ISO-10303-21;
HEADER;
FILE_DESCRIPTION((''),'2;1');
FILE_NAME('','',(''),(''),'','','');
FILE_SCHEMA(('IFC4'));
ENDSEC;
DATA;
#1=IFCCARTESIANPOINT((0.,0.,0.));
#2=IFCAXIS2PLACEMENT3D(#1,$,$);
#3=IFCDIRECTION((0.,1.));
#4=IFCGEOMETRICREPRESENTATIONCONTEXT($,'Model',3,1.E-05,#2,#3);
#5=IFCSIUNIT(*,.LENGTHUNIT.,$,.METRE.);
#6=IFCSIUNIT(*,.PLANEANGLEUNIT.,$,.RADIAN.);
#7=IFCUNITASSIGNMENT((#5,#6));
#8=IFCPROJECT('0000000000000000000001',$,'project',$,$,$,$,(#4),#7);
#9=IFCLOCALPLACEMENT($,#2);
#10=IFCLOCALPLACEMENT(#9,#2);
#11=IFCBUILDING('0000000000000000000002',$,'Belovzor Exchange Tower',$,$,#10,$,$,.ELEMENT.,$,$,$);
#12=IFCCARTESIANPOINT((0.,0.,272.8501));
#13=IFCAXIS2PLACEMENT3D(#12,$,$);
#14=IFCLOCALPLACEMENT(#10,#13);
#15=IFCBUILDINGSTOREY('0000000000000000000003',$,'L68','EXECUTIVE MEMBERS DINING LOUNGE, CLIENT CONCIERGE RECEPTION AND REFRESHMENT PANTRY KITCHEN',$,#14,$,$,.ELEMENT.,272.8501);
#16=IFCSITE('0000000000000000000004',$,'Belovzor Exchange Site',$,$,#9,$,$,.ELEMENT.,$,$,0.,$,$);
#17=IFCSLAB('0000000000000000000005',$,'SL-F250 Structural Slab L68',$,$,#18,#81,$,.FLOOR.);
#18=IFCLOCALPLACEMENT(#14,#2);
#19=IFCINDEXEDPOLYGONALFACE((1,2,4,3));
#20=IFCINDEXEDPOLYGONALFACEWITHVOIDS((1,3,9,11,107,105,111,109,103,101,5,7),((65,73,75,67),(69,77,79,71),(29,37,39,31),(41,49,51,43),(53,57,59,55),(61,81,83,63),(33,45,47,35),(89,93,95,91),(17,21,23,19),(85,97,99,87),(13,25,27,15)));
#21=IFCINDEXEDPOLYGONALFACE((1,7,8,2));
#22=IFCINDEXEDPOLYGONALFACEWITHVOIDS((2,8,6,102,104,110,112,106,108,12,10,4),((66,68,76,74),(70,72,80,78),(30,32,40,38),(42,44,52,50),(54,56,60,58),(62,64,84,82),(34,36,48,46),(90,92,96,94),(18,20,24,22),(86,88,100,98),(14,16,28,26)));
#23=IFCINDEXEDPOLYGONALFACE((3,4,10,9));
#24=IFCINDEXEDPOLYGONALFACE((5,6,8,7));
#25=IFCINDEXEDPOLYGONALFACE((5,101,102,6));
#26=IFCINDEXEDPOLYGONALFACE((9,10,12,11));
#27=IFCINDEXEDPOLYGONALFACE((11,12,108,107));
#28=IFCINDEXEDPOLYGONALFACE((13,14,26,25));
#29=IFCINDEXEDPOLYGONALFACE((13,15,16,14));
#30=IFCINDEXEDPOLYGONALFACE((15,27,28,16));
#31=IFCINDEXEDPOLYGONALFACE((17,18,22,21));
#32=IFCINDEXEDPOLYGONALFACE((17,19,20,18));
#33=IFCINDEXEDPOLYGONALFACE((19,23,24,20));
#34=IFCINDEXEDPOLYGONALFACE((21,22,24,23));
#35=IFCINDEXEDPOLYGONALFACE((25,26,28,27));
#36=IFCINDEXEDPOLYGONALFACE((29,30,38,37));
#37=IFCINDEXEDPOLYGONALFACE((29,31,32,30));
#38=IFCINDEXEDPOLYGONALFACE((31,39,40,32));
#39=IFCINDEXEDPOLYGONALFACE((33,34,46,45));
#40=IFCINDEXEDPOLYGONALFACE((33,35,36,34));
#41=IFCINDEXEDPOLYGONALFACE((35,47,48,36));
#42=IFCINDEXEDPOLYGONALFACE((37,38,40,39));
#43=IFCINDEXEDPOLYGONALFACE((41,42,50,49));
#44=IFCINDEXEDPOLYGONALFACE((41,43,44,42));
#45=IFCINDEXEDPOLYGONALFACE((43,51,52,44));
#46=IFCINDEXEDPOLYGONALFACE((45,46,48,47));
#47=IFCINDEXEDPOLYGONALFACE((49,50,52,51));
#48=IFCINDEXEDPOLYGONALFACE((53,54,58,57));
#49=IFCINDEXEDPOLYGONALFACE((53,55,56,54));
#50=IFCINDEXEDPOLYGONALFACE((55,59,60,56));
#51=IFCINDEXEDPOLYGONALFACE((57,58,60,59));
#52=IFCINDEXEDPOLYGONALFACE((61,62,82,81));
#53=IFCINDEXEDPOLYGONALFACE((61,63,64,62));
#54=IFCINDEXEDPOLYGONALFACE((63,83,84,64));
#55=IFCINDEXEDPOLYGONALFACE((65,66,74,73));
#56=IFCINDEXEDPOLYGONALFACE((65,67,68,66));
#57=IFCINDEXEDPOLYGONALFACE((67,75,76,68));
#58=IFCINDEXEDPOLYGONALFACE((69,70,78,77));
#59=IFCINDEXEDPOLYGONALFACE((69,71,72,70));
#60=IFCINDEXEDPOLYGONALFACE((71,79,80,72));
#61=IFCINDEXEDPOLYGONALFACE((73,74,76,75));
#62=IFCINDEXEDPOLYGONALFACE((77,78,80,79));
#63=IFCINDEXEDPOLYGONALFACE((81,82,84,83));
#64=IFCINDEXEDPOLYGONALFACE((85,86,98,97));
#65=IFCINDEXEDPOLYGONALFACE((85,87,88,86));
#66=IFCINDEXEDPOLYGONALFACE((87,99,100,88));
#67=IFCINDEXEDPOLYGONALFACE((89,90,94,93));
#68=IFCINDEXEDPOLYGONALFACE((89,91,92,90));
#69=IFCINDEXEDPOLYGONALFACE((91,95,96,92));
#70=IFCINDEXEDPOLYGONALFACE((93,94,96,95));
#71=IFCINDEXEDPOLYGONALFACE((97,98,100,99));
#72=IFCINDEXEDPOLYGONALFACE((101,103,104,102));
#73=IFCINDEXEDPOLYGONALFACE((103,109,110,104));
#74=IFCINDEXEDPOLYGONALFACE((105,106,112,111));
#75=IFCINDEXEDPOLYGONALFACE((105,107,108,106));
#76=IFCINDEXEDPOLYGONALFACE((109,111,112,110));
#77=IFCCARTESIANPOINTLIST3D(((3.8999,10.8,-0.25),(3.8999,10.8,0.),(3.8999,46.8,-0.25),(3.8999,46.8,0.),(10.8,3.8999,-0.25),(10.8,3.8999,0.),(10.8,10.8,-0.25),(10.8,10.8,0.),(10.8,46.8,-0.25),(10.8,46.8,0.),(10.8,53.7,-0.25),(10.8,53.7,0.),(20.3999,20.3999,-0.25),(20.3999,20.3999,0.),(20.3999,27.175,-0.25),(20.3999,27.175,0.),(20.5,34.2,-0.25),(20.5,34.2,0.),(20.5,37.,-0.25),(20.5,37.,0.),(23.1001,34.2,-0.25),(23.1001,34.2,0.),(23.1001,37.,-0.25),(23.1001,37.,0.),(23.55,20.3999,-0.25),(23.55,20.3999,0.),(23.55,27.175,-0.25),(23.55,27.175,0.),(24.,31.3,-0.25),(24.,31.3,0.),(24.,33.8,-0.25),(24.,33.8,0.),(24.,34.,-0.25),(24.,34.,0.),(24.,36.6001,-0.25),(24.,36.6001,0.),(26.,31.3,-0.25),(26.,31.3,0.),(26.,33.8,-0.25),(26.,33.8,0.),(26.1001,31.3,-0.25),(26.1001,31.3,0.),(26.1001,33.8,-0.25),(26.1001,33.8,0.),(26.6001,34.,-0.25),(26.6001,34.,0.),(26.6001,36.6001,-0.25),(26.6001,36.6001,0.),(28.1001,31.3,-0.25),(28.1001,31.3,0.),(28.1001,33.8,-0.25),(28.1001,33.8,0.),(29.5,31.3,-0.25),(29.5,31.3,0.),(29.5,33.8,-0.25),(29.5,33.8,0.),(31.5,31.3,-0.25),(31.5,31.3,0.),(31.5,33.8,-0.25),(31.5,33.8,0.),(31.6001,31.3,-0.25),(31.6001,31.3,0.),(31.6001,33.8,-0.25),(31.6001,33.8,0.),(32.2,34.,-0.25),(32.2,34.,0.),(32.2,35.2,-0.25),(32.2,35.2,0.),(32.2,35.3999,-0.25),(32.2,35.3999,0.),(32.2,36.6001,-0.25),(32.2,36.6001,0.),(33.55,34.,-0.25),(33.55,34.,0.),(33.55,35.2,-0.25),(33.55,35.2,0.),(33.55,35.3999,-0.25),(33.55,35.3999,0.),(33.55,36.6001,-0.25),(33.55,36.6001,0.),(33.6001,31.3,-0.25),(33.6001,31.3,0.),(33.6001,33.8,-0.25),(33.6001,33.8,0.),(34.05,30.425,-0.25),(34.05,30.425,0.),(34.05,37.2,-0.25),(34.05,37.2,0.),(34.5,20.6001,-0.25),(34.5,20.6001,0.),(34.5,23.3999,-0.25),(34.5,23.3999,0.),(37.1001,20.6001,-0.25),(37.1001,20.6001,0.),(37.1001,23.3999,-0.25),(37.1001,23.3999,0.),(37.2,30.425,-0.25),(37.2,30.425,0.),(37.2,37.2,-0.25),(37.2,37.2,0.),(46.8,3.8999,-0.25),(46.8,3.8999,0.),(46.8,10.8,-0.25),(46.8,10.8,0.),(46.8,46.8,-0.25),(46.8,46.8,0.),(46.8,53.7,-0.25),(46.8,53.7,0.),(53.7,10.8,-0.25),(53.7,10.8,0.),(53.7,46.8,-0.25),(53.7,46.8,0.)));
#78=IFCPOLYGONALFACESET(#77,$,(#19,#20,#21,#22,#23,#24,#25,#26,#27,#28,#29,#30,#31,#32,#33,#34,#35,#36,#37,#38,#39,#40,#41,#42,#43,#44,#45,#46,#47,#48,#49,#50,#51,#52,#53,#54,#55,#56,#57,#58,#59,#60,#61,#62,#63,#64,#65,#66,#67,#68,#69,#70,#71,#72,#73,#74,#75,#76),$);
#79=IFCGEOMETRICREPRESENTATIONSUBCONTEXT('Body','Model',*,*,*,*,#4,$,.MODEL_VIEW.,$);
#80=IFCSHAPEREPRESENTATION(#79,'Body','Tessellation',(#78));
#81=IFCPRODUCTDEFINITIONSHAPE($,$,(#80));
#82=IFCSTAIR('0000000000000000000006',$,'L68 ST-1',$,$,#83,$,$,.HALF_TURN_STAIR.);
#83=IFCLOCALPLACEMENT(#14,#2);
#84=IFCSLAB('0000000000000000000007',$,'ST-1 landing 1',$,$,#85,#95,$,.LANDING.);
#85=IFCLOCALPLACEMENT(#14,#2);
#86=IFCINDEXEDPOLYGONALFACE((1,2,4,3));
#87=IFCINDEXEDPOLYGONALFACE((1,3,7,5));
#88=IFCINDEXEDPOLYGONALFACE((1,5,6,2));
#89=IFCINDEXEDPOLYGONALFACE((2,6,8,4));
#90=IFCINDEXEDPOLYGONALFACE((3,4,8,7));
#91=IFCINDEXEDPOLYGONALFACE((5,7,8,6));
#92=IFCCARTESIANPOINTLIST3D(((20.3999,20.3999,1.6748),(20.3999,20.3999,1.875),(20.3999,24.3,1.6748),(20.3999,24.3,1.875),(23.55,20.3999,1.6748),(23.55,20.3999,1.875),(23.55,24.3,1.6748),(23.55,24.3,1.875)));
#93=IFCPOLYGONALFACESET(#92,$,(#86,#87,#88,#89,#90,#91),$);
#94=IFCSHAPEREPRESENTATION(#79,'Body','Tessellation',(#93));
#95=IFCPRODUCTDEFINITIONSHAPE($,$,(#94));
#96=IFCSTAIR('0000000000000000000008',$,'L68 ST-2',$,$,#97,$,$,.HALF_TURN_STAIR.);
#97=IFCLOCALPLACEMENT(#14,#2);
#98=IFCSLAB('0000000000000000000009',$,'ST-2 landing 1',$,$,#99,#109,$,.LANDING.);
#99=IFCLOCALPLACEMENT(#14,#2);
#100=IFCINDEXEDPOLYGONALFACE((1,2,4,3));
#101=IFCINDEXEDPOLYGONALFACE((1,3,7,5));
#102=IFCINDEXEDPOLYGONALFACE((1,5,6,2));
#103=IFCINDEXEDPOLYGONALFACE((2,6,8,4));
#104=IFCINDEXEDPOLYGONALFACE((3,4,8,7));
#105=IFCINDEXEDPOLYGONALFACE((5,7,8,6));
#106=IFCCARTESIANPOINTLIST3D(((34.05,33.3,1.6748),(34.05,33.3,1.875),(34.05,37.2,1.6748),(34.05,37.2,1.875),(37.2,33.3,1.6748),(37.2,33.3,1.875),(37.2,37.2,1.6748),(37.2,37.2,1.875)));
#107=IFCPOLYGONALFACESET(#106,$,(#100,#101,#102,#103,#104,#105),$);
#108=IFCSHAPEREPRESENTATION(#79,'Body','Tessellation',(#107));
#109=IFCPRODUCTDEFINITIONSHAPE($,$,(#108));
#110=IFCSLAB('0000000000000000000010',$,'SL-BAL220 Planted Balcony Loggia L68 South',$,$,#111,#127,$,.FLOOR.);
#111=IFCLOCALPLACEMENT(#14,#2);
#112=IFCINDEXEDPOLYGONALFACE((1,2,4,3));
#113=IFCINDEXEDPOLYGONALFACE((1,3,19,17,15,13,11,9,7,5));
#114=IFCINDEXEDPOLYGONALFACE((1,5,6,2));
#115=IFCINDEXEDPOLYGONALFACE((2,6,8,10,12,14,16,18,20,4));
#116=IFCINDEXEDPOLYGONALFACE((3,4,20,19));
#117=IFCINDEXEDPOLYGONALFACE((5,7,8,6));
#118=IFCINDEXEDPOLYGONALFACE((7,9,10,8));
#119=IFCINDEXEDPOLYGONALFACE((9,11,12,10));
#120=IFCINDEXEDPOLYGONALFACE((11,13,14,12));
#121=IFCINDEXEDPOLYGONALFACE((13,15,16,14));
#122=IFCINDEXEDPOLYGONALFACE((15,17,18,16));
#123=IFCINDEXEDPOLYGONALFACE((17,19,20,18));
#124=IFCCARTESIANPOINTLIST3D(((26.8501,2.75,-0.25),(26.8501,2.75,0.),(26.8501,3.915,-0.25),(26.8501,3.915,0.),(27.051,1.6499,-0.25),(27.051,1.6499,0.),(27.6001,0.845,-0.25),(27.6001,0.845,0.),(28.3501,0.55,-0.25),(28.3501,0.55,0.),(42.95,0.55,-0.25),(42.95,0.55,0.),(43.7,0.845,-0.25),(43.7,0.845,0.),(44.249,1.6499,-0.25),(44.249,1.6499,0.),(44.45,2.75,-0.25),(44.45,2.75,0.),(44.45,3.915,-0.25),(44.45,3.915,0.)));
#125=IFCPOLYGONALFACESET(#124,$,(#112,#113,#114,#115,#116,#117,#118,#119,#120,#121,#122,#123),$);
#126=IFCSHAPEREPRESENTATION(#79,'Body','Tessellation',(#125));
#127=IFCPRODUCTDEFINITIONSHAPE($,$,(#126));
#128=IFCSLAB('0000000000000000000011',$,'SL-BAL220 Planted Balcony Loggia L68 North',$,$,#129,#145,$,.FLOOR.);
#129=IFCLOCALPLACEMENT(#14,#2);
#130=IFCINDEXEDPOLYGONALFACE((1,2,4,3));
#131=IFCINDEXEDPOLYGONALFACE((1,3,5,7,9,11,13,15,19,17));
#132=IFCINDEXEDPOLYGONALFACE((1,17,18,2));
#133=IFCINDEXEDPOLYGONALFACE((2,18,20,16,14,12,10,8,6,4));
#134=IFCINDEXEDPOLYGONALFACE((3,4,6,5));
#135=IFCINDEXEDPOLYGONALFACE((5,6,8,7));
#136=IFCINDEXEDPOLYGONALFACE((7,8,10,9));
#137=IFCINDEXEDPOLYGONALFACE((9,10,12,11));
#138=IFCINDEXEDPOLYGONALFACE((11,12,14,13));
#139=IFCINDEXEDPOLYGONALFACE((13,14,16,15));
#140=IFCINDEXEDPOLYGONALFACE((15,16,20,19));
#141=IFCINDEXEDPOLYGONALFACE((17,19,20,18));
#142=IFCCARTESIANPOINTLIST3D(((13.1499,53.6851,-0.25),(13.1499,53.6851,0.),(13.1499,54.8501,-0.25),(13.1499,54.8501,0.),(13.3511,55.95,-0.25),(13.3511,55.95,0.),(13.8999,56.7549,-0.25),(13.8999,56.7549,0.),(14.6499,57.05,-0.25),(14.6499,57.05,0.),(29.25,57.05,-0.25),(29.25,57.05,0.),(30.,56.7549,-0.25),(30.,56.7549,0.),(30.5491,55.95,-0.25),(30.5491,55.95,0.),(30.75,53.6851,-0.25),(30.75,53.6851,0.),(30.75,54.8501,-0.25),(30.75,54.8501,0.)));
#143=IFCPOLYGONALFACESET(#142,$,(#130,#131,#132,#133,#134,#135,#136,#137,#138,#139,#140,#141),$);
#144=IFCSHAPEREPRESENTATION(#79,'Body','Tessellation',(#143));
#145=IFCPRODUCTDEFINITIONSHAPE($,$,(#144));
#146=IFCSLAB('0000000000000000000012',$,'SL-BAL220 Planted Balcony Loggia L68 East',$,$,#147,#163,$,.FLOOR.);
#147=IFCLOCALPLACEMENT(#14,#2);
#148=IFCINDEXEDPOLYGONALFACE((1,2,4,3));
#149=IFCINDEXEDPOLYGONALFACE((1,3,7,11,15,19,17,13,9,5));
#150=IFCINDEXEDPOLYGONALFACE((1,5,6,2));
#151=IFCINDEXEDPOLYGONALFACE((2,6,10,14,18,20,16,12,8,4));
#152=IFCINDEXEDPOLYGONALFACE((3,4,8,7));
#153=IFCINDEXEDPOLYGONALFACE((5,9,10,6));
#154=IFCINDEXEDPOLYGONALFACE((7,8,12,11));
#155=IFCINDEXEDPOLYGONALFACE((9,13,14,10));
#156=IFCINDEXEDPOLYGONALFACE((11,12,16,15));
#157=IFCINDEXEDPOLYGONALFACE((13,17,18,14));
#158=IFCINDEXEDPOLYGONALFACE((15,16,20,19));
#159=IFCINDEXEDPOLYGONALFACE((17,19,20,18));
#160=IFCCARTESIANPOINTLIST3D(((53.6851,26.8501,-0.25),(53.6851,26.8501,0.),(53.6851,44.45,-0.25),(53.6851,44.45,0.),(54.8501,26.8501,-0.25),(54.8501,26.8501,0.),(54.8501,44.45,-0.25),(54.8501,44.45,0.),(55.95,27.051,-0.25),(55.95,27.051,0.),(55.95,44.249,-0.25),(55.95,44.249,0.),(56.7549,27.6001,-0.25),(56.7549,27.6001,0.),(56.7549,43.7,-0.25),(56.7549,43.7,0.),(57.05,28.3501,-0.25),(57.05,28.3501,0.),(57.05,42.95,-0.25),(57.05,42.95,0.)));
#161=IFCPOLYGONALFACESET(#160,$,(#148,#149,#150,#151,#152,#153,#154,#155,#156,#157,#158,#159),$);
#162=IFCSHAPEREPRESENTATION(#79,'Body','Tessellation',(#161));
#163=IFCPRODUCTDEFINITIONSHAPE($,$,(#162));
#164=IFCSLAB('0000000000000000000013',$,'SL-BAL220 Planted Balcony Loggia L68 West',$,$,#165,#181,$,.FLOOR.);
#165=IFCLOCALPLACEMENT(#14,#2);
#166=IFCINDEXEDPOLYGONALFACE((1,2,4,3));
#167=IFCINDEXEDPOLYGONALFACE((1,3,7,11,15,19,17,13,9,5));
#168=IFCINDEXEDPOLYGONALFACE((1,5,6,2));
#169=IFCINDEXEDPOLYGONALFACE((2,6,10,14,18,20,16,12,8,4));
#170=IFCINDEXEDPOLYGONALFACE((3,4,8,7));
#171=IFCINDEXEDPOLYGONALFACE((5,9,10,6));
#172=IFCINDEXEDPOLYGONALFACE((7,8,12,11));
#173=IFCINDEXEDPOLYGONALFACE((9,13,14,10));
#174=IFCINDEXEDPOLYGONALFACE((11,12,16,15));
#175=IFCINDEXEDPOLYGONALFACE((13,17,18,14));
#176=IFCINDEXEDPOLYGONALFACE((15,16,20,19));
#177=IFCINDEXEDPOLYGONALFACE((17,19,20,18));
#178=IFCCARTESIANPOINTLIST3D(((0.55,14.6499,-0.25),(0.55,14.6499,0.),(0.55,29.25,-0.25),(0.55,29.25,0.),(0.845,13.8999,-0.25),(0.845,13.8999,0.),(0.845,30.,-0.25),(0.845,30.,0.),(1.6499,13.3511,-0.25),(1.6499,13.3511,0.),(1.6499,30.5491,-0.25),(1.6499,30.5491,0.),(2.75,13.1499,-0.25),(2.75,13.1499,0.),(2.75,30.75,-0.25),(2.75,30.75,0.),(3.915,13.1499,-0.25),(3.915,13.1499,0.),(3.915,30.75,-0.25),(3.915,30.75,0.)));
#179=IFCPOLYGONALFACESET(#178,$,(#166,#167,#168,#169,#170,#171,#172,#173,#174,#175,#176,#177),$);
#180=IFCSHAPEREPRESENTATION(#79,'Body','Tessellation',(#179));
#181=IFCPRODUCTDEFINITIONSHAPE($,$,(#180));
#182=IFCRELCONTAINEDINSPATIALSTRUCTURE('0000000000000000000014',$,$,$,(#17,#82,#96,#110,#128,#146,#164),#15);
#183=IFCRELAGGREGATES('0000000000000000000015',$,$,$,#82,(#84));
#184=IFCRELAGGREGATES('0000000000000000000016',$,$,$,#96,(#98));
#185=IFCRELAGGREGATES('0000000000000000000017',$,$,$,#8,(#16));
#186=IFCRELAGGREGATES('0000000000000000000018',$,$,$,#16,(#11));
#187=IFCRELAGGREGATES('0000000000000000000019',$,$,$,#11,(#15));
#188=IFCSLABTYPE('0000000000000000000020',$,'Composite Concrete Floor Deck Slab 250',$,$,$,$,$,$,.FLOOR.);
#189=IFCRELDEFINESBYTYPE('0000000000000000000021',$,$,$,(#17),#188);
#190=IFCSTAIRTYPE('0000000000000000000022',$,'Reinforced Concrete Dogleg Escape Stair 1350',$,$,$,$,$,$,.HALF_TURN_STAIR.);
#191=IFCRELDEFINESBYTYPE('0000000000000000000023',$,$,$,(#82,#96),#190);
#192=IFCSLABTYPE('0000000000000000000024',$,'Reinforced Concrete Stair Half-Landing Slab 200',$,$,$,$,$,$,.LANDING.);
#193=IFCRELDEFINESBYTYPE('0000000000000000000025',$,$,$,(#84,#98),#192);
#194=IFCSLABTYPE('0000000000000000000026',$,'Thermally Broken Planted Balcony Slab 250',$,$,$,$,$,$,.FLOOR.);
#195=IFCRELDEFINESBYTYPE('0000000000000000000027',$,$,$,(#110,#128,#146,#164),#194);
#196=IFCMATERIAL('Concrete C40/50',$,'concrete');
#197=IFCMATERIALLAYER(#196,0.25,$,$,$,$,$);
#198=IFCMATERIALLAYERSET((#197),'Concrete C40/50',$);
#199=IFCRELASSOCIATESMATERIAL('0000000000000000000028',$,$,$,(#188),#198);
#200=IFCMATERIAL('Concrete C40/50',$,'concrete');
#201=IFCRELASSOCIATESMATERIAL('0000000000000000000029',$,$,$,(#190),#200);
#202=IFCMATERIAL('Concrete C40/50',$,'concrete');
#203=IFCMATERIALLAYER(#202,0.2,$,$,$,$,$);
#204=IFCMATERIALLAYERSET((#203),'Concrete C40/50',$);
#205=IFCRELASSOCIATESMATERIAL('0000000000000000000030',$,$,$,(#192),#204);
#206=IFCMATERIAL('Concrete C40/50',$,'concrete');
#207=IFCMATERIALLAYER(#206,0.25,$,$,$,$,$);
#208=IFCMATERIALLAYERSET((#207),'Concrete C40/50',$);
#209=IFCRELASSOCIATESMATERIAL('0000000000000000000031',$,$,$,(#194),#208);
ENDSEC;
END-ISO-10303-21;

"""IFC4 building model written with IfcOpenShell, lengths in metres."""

from ifc_helpers import new_model, si_unit, direction, frame, origin, place, context, subcontext, project, spatial, polyline, outline, extrude, material, layer, layer_set, type_object, element, aggregate, save


model = new_model("IFC4")

# Units and contexts
model_context = context("Model", 3, precision=1e-05, world=origin(), true_north=direction((0.0, 1.0)))
body_context = subcontext(model_context, "Body", "Model", "MODEL_VIEW")
ifc_project = project(units=[si_unit("LENGTHUNIT", "METRE"), si_unit("PLANEANGLEUNIT", "RADIAN")], contexts=[model_context])

# Site, building, storey
site_placement = place(None, origin())
site = spatial("IfcSite", under=ifc_project, at=site_placement, Name="Belovzor Exchange Site", CompositionType="ELEMENT", RefElevation=0.0)
building_placement = place(site_placement, origin())
building = spatial("IfcBuilding", under=site, at=building_placement, Name="Belovzor Exchange Tower", CompositionType="ELEMENT")
storey_placement = place(building_placement, frame((0.0, 0.0, 272.8501)))
storey = spatial("IfcBuildingStorey", under=building, at=storey_placement, Name="L68", Description="EXECUTIVE MEMBERS DINING LOUNGE, CLIENT CONCIERGE RECEPTION AND REFRESHMENT PANTRY KITCHEN", CompositionType="ELEMENT", Elevation=272.8501)

# Slab
ifc_material_1 = material(Name="Concrete C40/50", Category="concrete")
ifc_layer_1 = layer(ifc_material_1, 0.25)
ifc_layer_set_1 = layer_set([ifc_layer_1], Name="Concrete C40/50")
slab_type_1 = type_object("IfcSlabType", Name="Composite Concrete Floor Deck Slab 250", PredefinedType="FLOOR", material=ifc_layer_set_1)
slab_1_placement = place(storey_placement, frame((0.0, 0.0, -0.25)))
element("IfcSlab", 1, at=slab_1_placement, inside=storey, type_object=slab_type_1, Name="SL-F250 Structural Slab L68", PredefinedType="FLOOR", context=body_context, shape_type="SweptSolid", body=[
    extrude(outline(polyline([(10.8, 3.8999), (46.8, 3.8999), (46.8, 10.8), (53.7, 10.8), (53.7, 46.8), (46.8, 46.8), (46.8, 53.7), (10.8, 53.7), (10.8, 46.8), (3.8999, 46.8), (3.8999, 10.8), (10.8, 10.8), (10.8, 3.8999)]), holes=[polyline([(20.3999, 27.175), (20.3999, 20.3999), (23.55, 20.3999), (23.55, 27.175), (20.3999, 27.175)]), polyline([(37.2, 30.425), (37.2, 37.2), (34.05, 37.2), (34.05, 30.425), (37.2, 30.425)]), polyline([(20.5, 34.2), (23.1001, 34.2), (23.1001, 37.0), (20.5, 37.0), (20.5, 34.2)]), polyline([(34.5, 20.6001), (37.1001, 20.6001), (37.1001, 23.3999), (34.5, 23.3999), (34.5, 20.6001)]), polyline([(24.0, 34.0), (26.6001, 34.0), (26.6001, 36.6001), (24.0, 36.6001), (24.0, 34.0)]), polyline([(24.0, 31.3), (26.0, 31.3), (26.0, 33.8), (24.0, 33.8), (24.0, 31.3)]), polyline([(26.1001, 31.3), (28.1001, 31.3), (28.1001, 33.8), (26.1001, 33.8), (26.1001, 31.3)]), polyline([(29.5, 31.3), (31.5, 31.3), (31.5, 33.8), (29.5, 33.8), (29.5, 31.3)]), polyline([(31.6001, 31.3), (33.6001, 31.3), (33.6001, 33.8), (31.6001, 33.8), (31.6001, 31.3)]), polyline([(32.2, 34.0), (33.55, 34.0), (33.55, 35.2), (32.2, 35.2), (32.2, 34.0)]), polyline([(32.2, 35.3999), (33.55, 35.3999), (33.55, 36.6001), (32.2, 36.6001), (32.2, 35.3999)])]), origin(), (0.0, 0.0, 1.0), 0.25),
])

# Stairs, slabs
ifc_material_2 = material(Name="Concrete C40/50", Category="concrete")
stair_type = type_object("IfcStairType", Name="Reinforced Concrete Dogleg Escape Stair 1350", PredefinedType="HALF_TURN_STAIR", material=ifc_material_2)
stair_1_placement = place(storey_placement, origin())
stair_1 = element("IfcStair", 2, at=stair_1_placement, inside=storey, type_object=stair_type, Name="L68 ST-1", PredefinedType="HALF_TURN_STAIR")
ifc_material_3 = material(Name="Concrete C40/50", Category="concrete")
ifc_layer_2 = layer(ifc_material_3, 0.2)
ifc_layer_set_2 = layer_set([ifc_layer_2], Name="Concrete C40/50")
slab_type_2 = type_object("IfcSlabType", Name="Reinforced Concrete Stair Half-Landing Slab 200", PredefinedType="LANDING", material=ifc_layer_set_2)
slab_2_placement = place(storey_placement, frame((0.0, 0.0, 1.6748)))
slab_2 = element("IfcSlab", 3, at=slab_2_placement, type_object=slab_type_2, Name="ST-1 landing 1", PredefinedType="LANDING", context=body_context, shape_type="SweptSolid", body=[
    extrude(outline(polyline([(20.3999, 24.3), (20.3999, 20.3999), (23.55, 20.3999), (23.55, 24.3), (20.3999, 24.3)])), origin(), (0.0, 0.0, 1.0), 0.2002),
])
aggregate(stair_1, [slab_2])
stair_2_placement = place(storey_placement, origin())
stair_2 = element("IfcStair", 4, at=stair_2_placement, inside=storey, type_object=stair_type, Name="L68 ST-2", PredefinedType="HALF_TURN_STAIR")
slab_3_placement = place(storey_placement, frame((0.0, 0.0, 1.6748)))
slab_3 = element("IfcSlab", 5, at=slab_3_placement, type_object=slab_type_2, Name="ST-2 landing 1", PredefinedType="LANDING", context=body_context, shape_type="SweptSolid", body=[
    extrude(outline(polyline([(37.2, 33.3), (37.2, 37.2), (34.05, 37.2), (34.05, 33.3), (37.2, 33.3)])), origin(), (0.0, 0.0, 1.0), 0.2002),
])
aggregate(stair_2, [slab_3])

# Slabs
ifc_material_4 = material(Name="Concrete C40/50", Category="concrete")
ifc_layer_3 = layer(ifc_material_4, 0.25)
ifc_layer_set_3 = layer_set([ifc_layer_3], Name="Concrete C40/50")
slab_type_3 = type_object("IfcSlabType", Name="Thermally Broken Planted Balcony Slab 250", PredefinedType="FLOOR", material=ifc_layer_set_3)
slab_4_placement = place(storey_placement, frame((0.0, 0.0, -0.25)))
element("IfcSlab", 6, at=slab_4_placement, inside=storey, type_object=slab_type_3, Name="SL-BAL220 Planted Balcony Loggia L68 South", PredefinedType="FLOOR", context=body_context, shape_type="SweptSolid", body=[
    extrude(outline(polyline([(26.8501, 3.915), (26.8501, 2.75), (27.051, 1.6499), (27.6001, 0.845), (28.3501, 0.55), (42.95, 0.55), (43.7, 0.845), (44.249, 1.6499), (44.45, 2.75), (44.45, 3.915), (26.8501, 3.915)])), origin(), (0.0, 0.0, 1.0), 0.25),
])
slab_5_placement = place(storey_placement, frame((0.0, 0.0, -0.25)))
element("IfcSlab", 7, at=slab_5_placement, inside=storey, type_object=slab_type_3, Name="SL-BAL220 Planted Balcony Loggia L68 North", PredefinedType="FLOOR", context=body_context, shape_type="SweptSolid", body=[
    extrude(outline(polyline([(30.75, 53.6851), (30.75, 54.8501), (30.5491, 55.95), (30.0, 56.7549), (29.25, 57.05), (14.6499, 57.05), (13.8999, 56.7549), (13.3511, 55.95), (13.1499, 54.8501), (13.1499, 53.6851), (30.75, 53.6851)])), origin(), (0.0, 0.0, 1.0), 0.25),
])
slab_6_placement = place(storey_placement, frame((0.0, 0.0, -0.25)))
element("IfcSlab", 8, at=slab_6_placement, inside=storey, type_object=slab_type_3, Name="SL-BAL220 Planted Balcony Loggia L68 East", PredefinedType="FLOOR", context=body_context, shape_type="SweptSolid", body=[
    extrude(outline(polyline([(53.6851, 26.8501), (54.8501, 26.8501), (55.95, 27.051), (56.7549, 27.6001), (57.05, 28.3501), (57.05, 42.95), (56.7549, 43.7), (55.95, 44.249), (54.8501, 44.45), (53.6851, 44.45), (53.6851, 26.8501)])), origin(), (0.0, 0.0, 1.0), 0.25),
])
slab_7_placement = place(storey_placement, frame((0.0, 0.0, -0.25)))
element("IfcSlab", 9, at=slab_7_placement, inside=storey, type_object=slab_type_3, Name="SL-BAL220 Planted Balcony Loggia L68 West", PredefinedType="FLOOR", context=body_context, shape_type="SweptSolid", body=[
    extrude(outline(polyline([(3.915, 30.75), (2.75, 30.75), (1.6499, 30.5491), (0.845, 30.0), (0.55, 29.25), (0.55, 14.6499), (0.845, 13.8999), (1.6499, 13.3511), (2.75, 13.1499), (3.915, 13.1499), (3.915, 30.75)])), origin(), (0.0, 0.0, 1.0), 0.25),
])

save(model, "model.ifc")
